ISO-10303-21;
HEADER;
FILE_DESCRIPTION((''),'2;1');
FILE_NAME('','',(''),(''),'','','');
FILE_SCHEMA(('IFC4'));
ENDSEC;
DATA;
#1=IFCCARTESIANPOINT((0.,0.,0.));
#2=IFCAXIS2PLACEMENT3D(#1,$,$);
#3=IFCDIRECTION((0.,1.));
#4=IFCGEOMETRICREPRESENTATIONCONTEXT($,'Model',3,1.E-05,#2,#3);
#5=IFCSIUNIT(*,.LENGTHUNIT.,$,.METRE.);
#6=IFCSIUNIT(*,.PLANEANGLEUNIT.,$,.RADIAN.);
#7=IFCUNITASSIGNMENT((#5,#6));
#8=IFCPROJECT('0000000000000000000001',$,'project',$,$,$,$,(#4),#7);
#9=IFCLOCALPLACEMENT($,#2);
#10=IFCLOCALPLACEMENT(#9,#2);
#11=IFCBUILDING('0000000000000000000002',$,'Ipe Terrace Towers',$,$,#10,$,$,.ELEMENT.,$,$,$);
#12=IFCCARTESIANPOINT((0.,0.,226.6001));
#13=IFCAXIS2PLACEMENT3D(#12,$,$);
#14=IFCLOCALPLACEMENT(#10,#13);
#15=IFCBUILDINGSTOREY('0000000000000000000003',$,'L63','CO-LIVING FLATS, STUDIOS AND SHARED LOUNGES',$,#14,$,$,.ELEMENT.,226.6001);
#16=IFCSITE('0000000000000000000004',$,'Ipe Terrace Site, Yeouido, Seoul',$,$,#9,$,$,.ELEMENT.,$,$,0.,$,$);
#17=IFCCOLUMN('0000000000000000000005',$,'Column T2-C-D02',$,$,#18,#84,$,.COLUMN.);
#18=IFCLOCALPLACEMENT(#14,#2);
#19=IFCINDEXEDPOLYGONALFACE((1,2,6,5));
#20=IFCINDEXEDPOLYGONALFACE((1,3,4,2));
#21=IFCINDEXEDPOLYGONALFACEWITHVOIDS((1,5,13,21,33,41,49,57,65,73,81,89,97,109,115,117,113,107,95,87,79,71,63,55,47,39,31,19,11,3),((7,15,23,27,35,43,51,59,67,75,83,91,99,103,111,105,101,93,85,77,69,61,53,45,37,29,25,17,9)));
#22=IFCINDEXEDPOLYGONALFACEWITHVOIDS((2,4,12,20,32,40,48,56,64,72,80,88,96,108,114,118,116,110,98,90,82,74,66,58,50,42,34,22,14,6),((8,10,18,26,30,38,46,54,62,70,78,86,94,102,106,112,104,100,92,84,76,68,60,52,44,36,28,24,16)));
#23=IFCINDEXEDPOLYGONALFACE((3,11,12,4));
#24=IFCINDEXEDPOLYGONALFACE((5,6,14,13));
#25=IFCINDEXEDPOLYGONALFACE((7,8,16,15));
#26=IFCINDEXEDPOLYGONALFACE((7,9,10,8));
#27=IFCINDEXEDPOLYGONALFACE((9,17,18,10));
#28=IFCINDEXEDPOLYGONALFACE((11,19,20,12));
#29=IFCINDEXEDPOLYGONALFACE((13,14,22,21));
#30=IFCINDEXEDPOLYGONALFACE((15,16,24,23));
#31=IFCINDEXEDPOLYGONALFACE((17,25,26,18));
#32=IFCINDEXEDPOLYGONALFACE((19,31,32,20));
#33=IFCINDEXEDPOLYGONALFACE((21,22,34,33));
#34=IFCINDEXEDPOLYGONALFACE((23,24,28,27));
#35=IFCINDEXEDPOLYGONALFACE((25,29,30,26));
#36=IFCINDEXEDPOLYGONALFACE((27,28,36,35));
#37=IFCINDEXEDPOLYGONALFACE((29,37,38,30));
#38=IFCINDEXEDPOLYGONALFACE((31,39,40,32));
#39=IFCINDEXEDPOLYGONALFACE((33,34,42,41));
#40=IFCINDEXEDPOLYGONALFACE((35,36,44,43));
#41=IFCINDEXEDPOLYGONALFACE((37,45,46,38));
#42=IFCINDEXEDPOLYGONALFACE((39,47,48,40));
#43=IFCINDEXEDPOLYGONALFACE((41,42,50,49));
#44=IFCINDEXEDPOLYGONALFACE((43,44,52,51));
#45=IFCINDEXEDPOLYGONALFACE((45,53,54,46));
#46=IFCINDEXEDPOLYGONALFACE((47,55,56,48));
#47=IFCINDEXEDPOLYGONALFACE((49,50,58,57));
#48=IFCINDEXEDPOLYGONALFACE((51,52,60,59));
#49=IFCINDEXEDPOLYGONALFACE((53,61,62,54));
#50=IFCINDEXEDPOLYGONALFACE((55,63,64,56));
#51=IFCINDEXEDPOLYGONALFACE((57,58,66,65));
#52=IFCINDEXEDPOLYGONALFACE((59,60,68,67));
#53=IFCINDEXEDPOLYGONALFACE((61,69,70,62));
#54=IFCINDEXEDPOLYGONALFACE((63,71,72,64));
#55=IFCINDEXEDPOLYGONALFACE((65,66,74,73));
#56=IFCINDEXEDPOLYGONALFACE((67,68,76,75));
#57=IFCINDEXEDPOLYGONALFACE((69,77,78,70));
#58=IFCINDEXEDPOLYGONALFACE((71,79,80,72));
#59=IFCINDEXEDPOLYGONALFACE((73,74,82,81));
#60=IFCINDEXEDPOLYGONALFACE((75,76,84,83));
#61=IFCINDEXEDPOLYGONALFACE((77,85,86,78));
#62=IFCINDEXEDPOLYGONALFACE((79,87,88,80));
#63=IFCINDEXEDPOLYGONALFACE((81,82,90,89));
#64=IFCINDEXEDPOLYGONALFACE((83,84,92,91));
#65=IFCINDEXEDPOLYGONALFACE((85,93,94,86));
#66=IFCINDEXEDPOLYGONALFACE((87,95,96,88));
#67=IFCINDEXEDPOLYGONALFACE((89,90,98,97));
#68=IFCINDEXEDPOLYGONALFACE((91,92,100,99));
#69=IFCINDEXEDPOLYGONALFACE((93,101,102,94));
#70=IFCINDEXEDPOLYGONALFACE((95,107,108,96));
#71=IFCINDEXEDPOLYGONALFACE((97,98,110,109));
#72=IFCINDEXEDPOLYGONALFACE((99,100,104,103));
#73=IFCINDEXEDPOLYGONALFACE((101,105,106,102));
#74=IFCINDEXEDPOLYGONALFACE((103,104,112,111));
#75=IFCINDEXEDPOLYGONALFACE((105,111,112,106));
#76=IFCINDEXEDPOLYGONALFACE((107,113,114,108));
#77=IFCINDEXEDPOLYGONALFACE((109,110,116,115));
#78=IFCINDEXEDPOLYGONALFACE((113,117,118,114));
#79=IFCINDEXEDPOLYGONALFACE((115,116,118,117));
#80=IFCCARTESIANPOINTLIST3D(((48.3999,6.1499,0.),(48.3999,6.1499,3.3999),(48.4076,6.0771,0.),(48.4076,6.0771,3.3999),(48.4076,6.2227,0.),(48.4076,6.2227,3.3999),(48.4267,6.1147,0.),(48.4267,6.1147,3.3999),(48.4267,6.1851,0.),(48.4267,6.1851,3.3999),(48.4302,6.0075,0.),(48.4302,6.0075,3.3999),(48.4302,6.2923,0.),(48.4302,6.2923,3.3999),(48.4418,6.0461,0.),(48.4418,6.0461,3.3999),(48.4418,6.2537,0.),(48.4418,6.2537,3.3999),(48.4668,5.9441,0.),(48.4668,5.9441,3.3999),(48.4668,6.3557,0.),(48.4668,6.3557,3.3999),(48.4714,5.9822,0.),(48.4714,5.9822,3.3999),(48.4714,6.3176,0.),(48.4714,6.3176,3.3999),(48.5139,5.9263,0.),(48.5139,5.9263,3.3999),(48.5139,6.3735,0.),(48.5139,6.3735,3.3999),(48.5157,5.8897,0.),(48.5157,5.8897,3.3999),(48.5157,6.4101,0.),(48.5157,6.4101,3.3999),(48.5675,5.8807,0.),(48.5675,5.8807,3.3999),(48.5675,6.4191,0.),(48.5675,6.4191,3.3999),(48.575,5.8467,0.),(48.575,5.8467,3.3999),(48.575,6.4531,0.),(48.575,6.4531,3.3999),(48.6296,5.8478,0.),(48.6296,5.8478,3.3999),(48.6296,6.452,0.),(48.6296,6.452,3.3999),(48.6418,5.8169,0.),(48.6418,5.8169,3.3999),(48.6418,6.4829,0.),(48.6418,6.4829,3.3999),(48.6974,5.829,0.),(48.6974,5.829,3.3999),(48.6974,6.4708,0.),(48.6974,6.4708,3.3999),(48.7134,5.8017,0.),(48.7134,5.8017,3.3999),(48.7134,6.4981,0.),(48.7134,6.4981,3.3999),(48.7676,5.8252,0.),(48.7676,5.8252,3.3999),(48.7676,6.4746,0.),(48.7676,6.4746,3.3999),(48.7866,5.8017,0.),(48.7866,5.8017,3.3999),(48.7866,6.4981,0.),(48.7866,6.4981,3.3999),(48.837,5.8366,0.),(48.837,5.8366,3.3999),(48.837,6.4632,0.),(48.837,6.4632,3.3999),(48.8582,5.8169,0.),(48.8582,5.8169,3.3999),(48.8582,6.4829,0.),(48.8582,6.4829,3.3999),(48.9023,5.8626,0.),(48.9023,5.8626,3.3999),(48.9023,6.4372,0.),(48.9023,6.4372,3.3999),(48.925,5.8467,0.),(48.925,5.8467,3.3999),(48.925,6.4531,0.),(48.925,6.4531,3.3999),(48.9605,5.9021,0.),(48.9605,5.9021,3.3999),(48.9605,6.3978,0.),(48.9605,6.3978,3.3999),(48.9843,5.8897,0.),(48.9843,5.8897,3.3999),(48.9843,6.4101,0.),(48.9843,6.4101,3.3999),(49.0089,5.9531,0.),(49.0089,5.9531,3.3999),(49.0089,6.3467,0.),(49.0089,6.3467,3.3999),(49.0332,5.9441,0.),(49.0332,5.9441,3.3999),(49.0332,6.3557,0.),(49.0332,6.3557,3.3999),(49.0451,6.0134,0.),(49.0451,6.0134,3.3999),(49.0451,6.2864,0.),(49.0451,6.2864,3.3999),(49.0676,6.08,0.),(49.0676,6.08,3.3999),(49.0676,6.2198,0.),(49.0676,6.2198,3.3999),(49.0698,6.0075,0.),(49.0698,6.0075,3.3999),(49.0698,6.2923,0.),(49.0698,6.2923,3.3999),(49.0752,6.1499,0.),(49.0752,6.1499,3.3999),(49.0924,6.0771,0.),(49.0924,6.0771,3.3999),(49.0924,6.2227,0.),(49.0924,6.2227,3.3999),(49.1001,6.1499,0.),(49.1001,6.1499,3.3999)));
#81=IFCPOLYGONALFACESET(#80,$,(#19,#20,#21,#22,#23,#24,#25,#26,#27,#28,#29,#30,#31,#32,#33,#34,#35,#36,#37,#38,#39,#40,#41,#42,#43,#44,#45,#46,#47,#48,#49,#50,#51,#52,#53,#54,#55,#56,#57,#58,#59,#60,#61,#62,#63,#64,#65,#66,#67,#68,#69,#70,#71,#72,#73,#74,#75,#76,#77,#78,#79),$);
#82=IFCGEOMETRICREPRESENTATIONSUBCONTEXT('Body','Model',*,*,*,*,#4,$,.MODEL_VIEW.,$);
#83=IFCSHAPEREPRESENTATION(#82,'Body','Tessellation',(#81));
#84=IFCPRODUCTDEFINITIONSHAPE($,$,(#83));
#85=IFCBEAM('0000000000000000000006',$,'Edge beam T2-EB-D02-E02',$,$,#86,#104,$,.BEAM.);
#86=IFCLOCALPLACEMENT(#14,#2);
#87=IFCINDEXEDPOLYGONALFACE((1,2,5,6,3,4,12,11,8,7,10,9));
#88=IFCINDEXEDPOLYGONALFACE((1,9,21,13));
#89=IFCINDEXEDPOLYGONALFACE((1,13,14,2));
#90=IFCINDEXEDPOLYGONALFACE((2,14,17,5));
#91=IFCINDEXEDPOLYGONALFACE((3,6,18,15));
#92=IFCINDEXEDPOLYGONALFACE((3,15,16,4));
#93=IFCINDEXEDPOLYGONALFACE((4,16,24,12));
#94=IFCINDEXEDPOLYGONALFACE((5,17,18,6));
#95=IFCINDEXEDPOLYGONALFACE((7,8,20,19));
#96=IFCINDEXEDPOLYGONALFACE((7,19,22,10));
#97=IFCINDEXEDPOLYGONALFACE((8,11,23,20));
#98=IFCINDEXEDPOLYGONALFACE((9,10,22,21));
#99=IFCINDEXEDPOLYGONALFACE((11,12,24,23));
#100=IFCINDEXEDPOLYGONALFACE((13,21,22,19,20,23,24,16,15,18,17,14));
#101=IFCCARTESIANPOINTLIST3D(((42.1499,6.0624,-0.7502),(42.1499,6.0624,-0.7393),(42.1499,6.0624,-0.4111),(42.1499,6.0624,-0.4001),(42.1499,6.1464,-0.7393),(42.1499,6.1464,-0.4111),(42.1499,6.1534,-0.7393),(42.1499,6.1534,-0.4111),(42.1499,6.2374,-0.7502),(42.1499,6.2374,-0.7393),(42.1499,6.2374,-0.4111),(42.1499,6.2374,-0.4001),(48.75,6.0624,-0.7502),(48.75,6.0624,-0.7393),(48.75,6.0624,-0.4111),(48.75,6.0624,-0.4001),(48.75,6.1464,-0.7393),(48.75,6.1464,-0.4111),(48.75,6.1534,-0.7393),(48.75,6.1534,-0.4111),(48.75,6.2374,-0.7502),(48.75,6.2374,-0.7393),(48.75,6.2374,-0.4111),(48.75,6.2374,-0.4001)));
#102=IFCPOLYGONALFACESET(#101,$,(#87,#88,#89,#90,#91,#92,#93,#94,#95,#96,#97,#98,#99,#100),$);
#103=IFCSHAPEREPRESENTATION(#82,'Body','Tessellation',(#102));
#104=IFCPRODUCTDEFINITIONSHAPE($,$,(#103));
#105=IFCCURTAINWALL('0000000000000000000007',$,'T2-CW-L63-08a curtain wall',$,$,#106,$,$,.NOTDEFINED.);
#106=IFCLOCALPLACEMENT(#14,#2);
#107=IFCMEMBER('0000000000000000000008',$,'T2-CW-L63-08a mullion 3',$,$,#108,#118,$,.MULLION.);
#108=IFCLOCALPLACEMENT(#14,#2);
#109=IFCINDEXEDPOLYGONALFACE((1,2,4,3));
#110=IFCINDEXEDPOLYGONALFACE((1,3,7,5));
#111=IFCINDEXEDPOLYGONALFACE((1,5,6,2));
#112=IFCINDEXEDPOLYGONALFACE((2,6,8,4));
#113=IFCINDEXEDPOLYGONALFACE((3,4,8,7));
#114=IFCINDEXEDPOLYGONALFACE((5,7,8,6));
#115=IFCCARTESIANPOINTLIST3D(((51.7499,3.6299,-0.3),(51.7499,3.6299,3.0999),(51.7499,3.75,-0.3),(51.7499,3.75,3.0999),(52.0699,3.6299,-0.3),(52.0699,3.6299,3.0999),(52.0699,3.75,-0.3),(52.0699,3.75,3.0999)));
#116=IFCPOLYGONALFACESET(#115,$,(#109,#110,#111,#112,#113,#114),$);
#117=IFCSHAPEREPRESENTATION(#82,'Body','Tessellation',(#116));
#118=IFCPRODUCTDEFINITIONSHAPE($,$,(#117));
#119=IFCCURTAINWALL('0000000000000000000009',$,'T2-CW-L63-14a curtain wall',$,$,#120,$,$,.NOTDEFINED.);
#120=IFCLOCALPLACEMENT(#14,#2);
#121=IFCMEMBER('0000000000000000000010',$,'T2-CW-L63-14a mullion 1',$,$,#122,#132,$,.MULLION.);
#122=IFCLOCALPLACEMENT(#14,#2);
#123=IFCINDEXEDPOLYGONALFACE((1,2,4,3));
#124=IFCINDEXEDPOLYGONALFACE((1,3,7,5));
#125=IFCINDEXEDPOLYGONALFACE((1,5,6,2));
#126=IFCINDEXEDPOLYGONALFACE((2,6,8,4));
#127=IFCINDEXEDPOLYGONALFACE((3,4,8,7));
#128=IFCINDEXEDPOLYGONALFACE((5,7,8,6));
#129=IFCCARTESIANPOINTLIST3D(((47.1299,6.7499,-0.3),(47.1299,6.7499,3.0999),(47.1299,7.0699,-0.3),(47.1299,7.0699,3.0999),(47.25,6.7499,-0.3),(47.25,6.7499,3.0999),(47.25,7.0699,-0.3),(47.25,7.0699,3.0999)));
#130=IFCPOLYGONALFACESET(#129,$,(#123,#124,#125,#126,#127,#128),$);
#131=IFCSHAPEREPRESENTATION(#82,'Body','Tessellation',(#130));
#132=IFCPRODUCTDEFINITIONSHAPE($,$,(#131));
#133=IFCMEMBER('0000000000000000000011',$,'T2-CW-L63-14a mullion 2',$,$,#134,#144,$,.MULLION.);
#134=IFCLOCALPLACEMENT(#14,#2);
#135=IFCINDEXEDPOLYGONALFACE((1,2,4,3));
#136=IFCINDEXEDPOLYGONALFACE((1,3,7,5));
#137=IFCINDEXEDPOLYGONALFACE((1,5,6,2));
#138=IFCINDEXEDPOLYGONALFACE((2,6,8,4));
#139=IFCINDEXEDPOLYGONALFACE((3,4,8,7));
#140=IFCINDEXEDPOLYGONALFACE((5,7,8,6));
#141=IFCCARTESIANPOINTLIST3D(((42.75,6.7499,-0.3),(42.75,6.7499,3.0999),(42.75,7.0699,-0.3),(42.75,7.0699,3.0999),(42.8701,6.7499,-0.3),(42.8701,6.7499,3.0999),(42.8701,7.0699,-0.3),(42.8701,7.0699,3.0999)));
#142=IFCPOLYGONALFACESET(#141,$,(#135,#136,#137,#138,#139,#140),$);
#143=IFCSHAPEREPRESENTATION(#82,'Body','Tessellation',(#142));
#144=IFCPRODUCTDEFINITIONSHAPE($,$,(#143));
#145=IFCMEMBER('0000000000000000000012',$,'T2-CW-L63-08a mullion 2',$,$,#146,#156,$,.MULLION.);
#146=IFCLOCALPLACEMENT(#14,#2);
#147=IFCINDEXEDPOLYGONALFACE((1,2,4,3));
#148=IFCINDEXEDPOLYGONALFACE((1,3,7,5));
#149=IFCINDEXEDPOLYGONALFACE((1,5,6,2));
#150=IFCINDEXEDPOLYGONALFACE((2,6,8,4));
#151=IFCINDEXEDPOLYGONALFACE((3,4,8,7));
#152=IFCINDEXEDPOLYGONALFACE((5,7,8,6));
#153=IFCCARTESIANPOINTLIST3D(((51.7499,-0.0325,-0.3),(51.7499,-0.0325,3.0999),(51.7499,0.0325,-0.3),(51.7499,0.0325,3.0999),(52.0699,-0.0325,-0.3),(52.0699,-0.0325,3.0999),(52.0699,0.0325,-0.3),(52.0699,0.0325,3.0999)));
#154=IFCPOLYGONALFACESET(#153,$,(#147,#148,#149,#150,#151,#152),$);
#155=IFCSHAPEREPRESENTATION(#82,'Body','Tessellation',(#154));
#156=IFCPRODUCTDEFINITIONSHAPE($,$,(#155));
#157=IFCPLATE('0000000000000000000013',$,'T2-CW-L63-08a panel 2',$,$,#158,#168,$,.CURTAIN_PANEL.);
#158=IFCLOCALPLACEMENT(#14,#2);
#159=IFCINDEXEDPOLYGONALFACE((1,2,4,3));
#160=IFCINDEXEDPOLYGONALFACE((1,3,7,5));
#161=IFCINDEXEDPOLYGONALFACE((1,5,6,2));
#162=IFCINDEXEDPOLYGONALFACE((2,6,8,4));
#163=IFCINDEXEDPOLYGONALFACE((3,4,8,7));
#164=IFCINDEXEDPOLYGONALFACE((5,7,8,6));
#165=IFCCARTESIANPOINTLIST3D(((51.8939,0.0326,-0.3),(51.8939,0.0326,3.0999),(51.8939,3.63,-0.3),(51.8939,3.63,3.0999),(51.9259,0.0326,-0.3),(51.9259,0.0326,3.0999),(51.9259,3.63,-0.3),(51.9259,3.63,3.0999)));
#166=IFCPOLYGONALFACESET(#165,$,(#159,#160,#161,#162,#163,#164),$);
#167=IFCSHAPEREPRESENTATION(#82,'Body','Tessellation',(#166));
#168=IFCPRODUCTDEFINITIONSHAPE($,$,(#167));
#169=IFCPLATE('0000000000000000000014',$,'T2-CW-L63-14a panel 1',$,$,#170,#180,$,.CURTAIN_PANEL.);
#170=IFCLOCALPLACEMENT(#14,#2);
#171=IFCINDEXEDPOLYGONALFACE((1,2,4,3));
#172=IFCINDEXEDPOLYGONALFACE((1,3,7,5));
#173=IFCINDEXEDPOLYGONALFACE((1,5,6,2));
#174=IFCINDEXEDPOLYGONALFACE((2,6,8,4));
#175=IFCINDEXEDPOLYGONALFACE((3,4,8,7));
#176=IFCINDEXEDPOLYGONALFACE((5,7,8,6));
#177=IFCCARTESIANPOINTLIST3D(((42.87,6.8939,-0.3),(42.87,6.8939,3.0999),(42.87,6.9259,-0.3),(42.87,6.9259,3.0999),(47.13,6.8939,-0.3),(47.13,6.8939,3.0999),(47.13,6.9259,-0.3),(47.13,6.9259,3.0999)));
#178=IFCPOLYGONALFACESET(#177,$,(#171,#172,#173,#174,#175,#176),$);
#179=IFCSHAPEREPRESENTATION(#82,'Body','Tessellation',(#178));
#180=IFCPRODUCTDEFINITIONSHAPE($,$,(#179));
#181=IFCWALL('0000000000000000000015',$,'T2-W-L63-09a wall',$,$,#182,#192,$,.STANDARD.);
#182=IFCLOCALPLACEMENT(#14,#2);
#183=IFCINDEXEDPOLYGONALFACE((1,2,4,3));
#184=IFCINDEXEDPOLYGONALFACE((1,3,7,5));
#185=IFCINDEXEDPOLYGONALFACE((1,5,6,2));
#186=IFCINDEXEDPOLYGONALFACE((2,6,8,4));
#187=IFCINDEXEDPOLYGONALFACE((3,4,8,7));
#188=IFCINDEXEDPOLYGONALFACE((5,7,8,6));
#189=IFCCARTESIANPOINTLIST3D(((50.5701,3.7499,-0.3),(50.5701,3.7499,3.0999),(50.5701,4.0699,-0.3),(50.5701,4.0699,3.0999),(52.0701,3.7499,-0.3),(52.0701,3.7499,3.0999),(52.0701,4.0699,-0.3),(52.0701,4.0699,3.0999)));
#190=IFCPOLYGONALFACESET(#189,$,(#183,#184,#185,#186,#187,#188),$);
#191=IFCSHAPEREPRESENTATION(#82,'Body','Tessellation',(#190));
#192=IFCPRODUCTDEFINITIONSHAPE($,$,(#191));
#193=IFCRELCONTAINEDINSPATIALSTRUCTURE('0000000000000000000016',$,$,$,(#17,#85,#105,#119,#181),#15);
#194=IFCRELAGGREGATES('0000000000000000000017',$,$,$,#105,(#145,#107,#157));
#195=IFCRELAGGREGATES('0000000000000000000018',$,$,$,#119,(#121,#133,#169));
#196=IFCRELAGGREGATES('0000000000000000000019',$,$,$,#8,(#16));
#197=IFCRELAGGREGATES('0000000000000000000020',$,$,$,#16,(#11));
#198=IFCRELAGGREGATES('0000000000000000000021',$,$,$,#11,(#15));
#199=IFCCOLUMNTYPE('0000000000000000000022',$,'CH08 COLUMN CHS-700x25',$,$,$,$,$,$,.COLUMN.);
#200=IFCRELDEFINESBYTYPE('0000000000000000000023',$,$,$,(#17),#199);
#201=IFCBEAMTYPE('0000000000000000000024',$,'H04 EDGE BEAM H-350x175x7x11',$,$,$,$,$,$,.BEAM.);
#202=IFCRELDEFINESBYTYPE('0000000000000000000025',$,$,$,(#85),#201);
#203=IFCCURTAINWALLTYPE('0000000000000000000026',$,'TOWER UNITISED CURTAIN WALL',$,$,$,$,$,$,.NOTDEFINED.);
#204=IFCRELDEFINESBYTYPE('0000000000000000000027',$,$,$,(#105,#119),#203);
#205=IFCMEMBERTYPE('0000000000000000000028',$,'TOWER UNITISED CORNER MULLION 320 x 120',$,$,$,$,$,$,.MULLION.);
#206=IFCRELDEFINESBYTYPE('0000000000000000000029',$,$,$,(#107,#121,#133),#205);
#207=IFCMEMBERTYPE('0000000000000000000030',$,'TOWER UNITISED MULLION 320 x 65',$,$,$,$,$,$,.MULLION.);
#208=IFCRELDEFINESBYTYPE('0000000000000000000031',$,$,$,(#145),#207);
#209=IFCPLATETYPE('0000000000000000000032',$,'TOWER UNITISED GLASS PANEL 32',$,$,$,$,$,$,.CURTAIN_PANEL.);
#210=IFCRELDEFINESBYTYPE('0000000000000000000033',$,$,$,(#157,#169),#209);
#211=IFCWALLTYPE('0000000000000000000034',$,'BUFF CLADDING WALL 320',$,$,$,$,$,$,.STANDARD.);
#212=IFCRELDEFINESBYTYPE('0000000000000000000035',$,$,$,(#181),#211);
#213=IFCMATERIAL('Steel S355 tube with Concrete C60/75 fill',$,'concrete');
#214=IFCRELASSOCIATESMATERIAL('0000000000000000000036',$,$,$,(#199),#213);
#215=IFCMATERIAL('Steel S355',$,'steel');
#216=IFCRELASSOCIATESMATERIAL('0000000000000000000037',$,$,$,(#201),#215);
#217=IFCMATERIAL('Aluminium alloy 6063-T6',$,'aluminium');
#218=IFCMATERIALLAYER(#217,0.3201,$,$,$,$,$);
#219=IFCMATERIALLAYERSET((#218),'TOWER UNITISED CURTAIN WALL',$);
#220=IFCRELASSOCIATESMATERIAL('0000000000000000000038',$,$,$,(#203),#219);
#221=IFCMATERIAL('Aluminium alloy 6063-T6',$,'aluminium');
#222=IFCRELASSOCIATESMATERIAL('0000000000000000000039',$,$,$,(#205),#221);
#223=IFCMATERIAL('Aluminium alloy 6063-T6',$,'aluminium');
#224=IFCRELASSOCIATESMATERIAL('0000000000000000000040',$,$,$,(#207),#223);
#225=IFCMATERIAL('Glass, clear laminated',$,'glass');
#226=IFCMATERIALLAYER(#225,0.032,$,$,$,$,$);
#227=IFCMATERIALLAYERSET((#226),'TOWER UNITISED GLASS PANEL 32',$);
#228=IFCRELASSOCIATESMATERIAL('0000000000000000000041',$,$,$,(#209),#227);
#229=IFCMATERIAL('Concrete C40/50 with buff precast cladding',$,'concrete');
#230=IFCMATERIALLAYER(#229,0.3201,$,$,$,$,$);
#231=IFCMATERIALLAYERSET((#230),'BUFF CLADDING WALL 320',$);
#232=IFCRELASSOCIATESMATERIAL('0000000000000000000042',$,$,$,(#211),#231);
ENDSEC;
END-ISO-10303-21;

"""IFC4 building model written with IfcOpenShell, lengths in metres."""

from ifc_helpers import new_model, si_unit, direction, frame, frame_2d, origin, origin_2d, place, context, subcontext, project, spatial, rectangle, hollow_circle, i_section, extrude, material, layer, layer_set, material_profile, profile_set, type_object, element, aggregate, save


model = new_model("IFC4")

# Units and contexts
model_context = context("Model", 3, precision=1e-05, world=origin(), true_north=direction((0.0, 1.0)))
body_context = subcontext(model_context, "Body", "Model", "MODEL_VIEW")
ifc_project = project(units=[si_unit("LENGTHUNIT", "METRE"), si_unit("PLANEANGLEUNIT", "RADIAN")], contexts=[model_context])

# Site, building, storey
site_placement = place(None, origin())
site = spatial("IfcSite", under=ifc_project, at=site_placement, Name="Ipe Terrace Site, Yeouido, Seoul", CompositionType="ELEMENT", RefElevation=0.0)
building_placement = place(site_placement, origin())
building = spatial("IfcBuilding", under=site, at=building_placement, Name="Ipe Terrace Towers", CompositionType="ELEMENT")
storey_placement = place(building_placement, frame((0.0, 0.0, 226.6001)))
storey = spatial("IfcBuildingStorey", under=building, at=storey_placement, Name="L63", Description="CO-LIVING FLATS, STUDIOS AND SHARED LOUNGES", CompositionType="ELEMENT", Elevation=226.6001)

# Column
ifc_material_1 = material(Name="Steel S355 tube with Concrete C60/75 fill", Category="concrete")
ifc_material_profile_1 = material_profile(ifc_material_1, hollow_circle(Radius=0.3501, WallThickness=0.0249, at=origin_2d()), Name="CHS-700x25")
ifc_profile_set_1 = profile_set([ifc_material_profile_1], Name="Steel S355 tube with Concrete C60/75 fill")
column_type = type_object("IfcColumnType", Name="CH08 COLUMN CHS-700x25", PredefinedType="COLUMN", material=ifc_profile_set_1)
column_placement = place(storey_placement, frame((48.75, 6.1499, 0.0), z_axis=(0.0, 0.0, 1.0), x_axis=(1.0, 0.0, 0.0)))
element("IfcColumn", 1, at=column_placement, inside=storey, type_object=column_type, Name="Column T2-C-D02", PredefinedType="COLUMN", context=body_context, shape_type="SweptSolid", body=[
    extrude(hollow_circle(Radius=0.3501, WallThickness=0.0249, at=origin_2d()), origin(), (0.0, 0.0, 1.0), 3.3999),
])

# Beam
ifc_material_2 = material(Name="Steel S355", Category="steel")
ifc_material_profile_2 = material_profile(ifc_material_2, i_section(OverallWidth=0.175, OverallDepth=0.3501, WebThickness=0.0071, FlangeThickness=0.011, at=origin_2d()), Name="H-350x175x7x11")
ifc_profile_set_2 = profile_set([ifc_material_profile_2], Name="Steel S355")
beam_type = type_object("IfcBeamType", Name="H04 EDGE BEAM H-350x175x7x11", PredefinedType="BEAM", material=ifc_profile_set_2)
beam_placement = place(storey_placement, frame((48.75, 6.1499, -0.5752), z_axis=(-1.0, 0.0, 0.0), x_axis=(0.0, -1.0, 0.0)))
element("IfcBeam", 2, at=beam_placement, inside=storey, type_object=beam_type, Name="Edge beam T2-EB-D02-E02", PredefinedType="BEAM", context=body_context, shape_type="SweptSolid", body=[
    extrude(i_section(OverallWidth=0.175, OverallDepth=0.3501, WebThickness=0.0071, FlangeThickness=0.011, at=origin_2d()), origin(), (0.0, 0.0, 1.0), 6.6001),
])

# Curtain wall, member
ifc_material_3 = material(Name="Aluminium alloy 6063-T6", Category="aluminium")
ifc_layer_1 = layer(ifc_material_3, 0.3201)
ifc_layer_set_1 = layer_set([ifc_layer_1], Name="TOWER UNITISED CURTAIN WALL")
curtain_wall_type = type_object("IfcCurtainWallType", Name="TOWER UNITISED CURTAIN WALL", PredefinedType="NOTDEFINED", material=ifc_layer_set_1)
curtain_wall_1_placement = place(storey_placement, origin())
curtain_wall_1 = element("IfcCurtainWall", 3, at=curtain_wall_1_placement, inside=storey, type_object=curtain_wall_type, Name="T2-CW-L63-08a curtain wall", PredefinedType="NOTDEFINED")
ifc_material_4 = material(Name="Aluminium alloy 6063-T6", Category="aluminium")
ifc_material_profile_3 = material_profile(ifc_material_4, rectangle(XDim=0.3201, YDim=0.1201, at=origin_2d()), Name="TOWER UNITISED CORNER MULLION 320 x 120")
ifc_profile_set_3 = profile_set([ifc_material_profile_3], Name="Aluminium alloy 6063-T6")
member_type_1 = type_object("IfcMemberType", Name="TOWER UNITISED CORNER MULLION 320 x 120", PredefinedType="MULLION", material=ifc_profile_set_3)
member_1_placement = place(storey_placement, frame((51.9099, 3.6899, -0.3), z_axis=(0.0, 0.0, 1.0), x_axis=(1.0, 0.0, 0.0)))
member_1 = element("IfcMember", 4, at=member_1_placement, type_object=member_type_1, Name="T2-CW-L63-08a mullion 3", PredefinedType="MULLION", context=body_context, shape_type="SweptSolid", body=[
    extrude(rectangle(XDim=0.3201, YDim=0.1201, at=origin_2d()), origin(), (0.0, 0.0, 1.0), 3.3999),
])

# Curtain wall, members
curtain_wall_2_placement = place(storey_placement, origin())
curtain_wall_2 = element("IfcCurtainWall", 5, at=curtain_wall_2_placement, inside=storey, type_object=curtain_wall_type, Name="T2-CW-L63-14a curtain wall", PredefinedType="NOTDEFINED")
member_2_placement = place(storey_placement, frame((47.1899, 6.9099, -0.3), z_axis=(0.0, 0.0, 1.0), x_axis=(0.0, 1.0, 0.0)))
member_2 = element("IfcMember", 6, at=member_2_placement, type_object=member_type_1, Name="T2-CW-L63-14a mullion 1", PredefinedType="MULLION", context=body_context, shape_type="SweptSolid", body=[
    extrude(rectangle(XDim=0.3201, YDim=0.1201, at=origin_2d()), origin(), (0.0, 0.0, 1.0), 3.3999),
])
member_3_placement = place(storey_placement, frame((42.8101, 6.9099, -0.3), z_axis=(0.0, 0.0, 1.0), x_axis=(0.0, 1.0, 0.0)))
member_3 = element("IfcMember", 7, at=member_3_placement, type_object=member_type_1, Name="T2-CW-L63-14a mullion 2", PredefinedType="MULLION", context=body_context, shape_type="SweptSolid", body=[
    extrude(rectangle(XDim=0.3201, YDim=0.1201, at=origin_2d()), origin(), (0.0, 0.0, 1.0), 3.3999),
])

# Member
ifc_material_5 = material(Name="Aluminium alloy 6063-T6", Category="aluminium")
ifc_material_profile_4 = material_profile(ifc_material_5, rectangle(XDim=0.3201, YDim=0.0649, at=origin_2d()), Name="TOWER UNITISED MULLION 320 x 65")
ifc_profile_set_4 = profile_set([ifc_material_profile_4], Name="Aluminium alloy 6063-T6")
member_type_2 = type_object("IfcMemberType", Name="TOWER UNITISED MULLION 320 x 65", PredefinedType="MULLION", material=ifc_profile_set_4)
member_4_placement = place(storey_placement, frame((51.9099, 0.0, -0.3), z_axis=(0.0, 0.0, 1.0), x_axis=(1.0, 0.0, 0.0)))
member_4 = element("IfcMember", 8, at=member_4_placement, type_object=member_type_2, Name="T2-CW-L63-08a mullion 2", PredefinedType="MULLION", context=body_context, shape_type="SweptSolid", body=[
    extrude(rectangle(XDim=0.3201, YDim=0.0649, at=origin_2d()), origin(), (0.0, 0.0, 1.0), 3.3999),
])

# Plates
ifc_material_6 = material(Name="Glass, clear laminated", Category="glass")
ifc_layer_2 = layer(ifc_material_6, 0.032)
ifc_layer_set_2 = layer_set([ifc_layer_2], Name="TOWER UNITISED GLASS PANEL 32")
plate_type = type_object("IfcPlateType", Name="TOWER UNITISED GLASS PANEL 32", PredefinedType="CURTAIN_PANEL", material=ifc_layer_set_2)
plate_1_placement = place(storey_placement, frame((51.9099, 1.8313, -0.3), z_axis=(0.0, 0.0, 1.0), x_axis=(0.0, 1.0, 0.0)))
plate_1 = element("IfcPlate", 9, at=plate_1_placement, type_object=plate_type, Name="T2-CW-L63-08a panel 2", PredefinedType="CURTAIN_PANEL", context=body_context, shape_type="SweptSolid", body=[
    extrude(rectangle(XDim=3.5974, YDim=0.032, at=origin_2d()), origin(), (0.0, 0.0, 1.0), 3.3999),
])
aggregate(curtain_wall_1, [member_4, member_1, plate_1])
plate_2_placement = place(storey_placement, frame((45.0, 6.9099, -0.3), z_axis=(0.0, 0.0, 1.0), x_axis=(-1.0, 0.0, 0.0)))
plate_2 = element("IfcPlate", 10, at=plate_2_placement, type_object=plate_type, Name="T2-CW-L63-14a panel 1", PredefinedType="CURTAIN_PANEL", context=body_context, shape_type="SweptSolid", body=[
    extrude(rectangle(XDim=4.26, YDim=0.032, at=origin_2d()), origin(), (0.0, 0.0, 1.0), 3.3999),
])
aggregate(curtain_wall_2, [member_2, member_3, plate_2])

# Wall
ifc_material_7 = material(Name="Concrete C40/50 with buff precast cladding", Category="concrete")
ifc_layer_3 = layer(ifc_material_7, 0.3201)
ifc_layer_set_3 = layer_set([ifc_layer_3], Name="BUFF CLADDING WALL 320")
wall_type_1 = type_object("IfcWallType", Name="BUFF CLADDING WALL 320", PredefinedType="STANDARD", material=ifc_layer_set_3)
wall_1_placement = place(storey_placement, frame((52.0701, 3.9099, -0.3), z_axis=(0.0, 0.0, 1.0), x_axis=(-1.0, 0.0, 0.0)))
element("IfcWall", 11, at=wall_1_placement, inside=storey, type_object=wall_type_1, Name="T2-W-L63-09a wall", PredefinedType="STANDARD", context=body_context, shape_type="SweptSolid", body=[
    extrude(rectangle(XDim=1.5, YDim=0.3201, at=frame_2d((0.75, 0.0))), origin(), (0.0, 0.0, 1.0), 3.3999),
])

save(model, "model.ifc")
